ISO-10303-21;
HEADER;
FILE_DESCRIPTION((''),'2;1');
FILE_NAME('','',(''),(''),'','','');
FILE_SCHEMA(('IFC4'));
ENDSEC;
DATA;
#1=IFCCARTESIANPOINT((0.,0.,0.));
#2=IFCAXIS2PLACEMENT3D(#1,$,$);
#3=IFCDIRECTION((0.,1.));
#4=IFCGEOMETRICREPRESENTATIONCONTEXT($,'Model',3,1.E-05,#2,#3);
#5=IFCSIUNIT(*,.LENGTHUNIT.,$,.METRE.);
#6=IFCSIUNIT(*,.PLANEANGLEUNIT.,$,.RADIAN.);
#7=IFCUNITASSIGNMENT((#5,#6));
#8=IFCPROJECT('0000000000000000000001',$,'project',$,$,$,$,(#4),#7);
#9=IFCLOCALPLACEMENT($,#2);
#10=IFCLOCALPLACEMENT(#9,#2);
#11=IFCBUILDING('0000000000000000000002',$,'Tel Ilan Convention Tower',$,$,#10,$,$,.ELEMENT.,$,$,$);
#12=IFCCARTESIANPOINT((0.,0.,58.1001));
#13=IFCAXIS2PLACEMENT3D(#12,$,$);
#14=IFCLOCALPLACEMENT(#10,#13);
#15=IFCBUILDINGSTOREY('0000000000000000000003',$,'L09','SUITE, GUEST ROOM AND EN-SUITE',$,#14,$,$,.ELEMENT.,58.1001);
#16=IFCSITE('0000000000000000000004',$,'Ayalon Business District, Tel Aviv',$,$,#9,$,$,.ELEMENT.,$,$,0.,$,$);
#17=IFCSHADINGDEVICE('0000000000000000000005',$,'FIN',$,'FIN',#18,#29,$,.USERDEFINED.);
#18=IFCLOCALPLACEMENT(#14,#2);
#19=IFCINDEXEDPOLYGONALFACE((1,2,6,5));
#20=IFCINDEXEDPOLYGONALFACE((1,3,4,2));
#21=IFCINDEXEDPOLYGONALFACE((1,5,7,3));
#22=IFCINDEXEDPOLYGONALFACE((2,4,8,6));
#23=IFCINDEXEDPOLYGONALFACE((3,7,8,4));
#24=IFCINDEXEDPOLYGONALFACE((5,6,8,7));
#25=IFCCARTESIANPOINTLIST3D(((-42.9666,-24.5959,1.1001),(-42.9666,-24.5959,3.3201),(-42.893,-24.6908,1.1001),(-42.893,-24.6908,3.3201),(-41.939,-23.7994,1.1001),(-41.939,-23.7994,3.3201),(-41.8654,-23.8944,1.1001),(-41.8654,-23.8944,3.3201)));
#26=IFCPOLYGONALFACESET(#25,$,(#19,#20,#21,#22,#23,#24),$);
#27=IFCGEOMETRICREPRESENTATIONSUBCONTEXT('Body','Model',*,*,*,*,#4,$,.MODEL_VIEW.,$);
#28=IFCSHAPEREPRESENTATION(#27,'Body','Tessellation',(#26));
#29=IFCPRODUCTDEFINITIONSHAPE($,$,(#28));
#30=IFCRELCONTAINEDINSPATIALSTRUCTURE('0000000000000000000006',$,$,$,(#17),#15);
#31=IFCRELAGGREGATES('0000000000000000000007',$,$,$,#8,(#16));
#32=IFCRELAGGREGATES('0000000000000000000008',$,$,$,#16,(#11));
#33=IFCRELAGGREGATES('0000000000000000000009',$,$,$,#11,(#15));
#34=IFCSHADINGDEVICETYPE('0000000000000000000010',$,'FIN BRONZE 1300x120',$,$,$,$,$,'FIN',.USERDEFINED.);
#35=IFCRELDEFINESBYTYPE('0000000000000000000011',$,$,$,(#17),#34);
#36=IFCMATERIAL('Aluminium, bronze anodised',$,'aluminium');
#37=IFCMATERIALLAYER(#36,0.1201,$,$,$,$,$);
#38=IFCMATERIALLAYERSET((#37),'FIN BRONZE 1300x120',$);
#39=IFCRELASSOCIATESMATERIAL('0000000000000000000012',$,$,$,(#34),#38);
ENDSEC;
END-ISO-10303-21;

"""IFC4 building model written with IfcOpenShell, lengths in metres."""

from ifc_helpers import new_model, si_unit, direction, frame, origin, origin_2d, place, context, subcontext, project, spatial, rectangle, extrude, material, layer, layer_set, type_object, element, save


model = new_model("IFC4")

# Units and contexts
model_context = context("Model", 3, precision=1e-05, world=origin(), true_north=direction((0.0, 1.0)))
body_context = subcontext(model_context, "Body", "Model", "MODEL_VIEW")
ifc_project = project(units=[si_unit("LENGTHUNIT", "METRE"), si_unit("PLANEANGLEUNIT", "RADIAN")], contexts=[model_context])

# Site, building, storey
site_placement = place(None, origin())
site = spatial("IfcSite", under=ifc_project, at=site_placement, Name="Ayalon Business District, Tel Aviv", CompositionType="ELEMENT", RefElevation=0.0)
building_placement = place(site_placement, origin())
building = spatial("IfcBuilding", under=site, at=building_placement, Name="Tel Ilan Convention Tower", CompositionType="ELEMENT")
storey_placement = place(building_placement, frame((0.0, 0.0, 58.1001)))
storey = spatial("IfcBuildingStorey", under=building, at=storey_placement, Name="L09", Description="SUITE, GUEST ROOM AND EN-SUITE", CompositionType="ELEMENT", Elevation=58.1001)

# Shading device
ifc_material_1 = material(Name="Aluminium, bronze anodised", Category="aluminium")
ifc_layer_1 = layer(ifc_material_1, 0.1201)
ifc_layer_set_1 = layer_set([ifc_layer_1], Name="FIN BRONZE 1300x120")
shading_device_type = type_object("IfcShadingDeviceType", Name="FIN BRONZE 1300x120", ElementType="FIN", PredefinedType="USERDEFINED", material=ifc_layer_set_1)
for number, where, z_axis, x_axis, name in (
    (1, (-42.416, -24.2451, 1.1001), (0.0, 0.0, 1.0), (-0.790393, -0.612601, 0.0), "FIN"),
):
    element("IfcShadingDevice", number, at=place(storey_placement, frame(where, z_axis=z_axis, x_axis=x_axis)), inside=storey, type_object=shading_device_type, Name=name, ObjectType="FIN", PredefinedType="USERDEFINED", context=body_context, shape_type="SweptSolid", body=[
        extrude(rectangle(XDim=1.3, YDim=0.1201, at=origin_2d()), origin(), (0.0, 0.0, 1.0), 2.22),
    ])

save(model, "model.ifc")
